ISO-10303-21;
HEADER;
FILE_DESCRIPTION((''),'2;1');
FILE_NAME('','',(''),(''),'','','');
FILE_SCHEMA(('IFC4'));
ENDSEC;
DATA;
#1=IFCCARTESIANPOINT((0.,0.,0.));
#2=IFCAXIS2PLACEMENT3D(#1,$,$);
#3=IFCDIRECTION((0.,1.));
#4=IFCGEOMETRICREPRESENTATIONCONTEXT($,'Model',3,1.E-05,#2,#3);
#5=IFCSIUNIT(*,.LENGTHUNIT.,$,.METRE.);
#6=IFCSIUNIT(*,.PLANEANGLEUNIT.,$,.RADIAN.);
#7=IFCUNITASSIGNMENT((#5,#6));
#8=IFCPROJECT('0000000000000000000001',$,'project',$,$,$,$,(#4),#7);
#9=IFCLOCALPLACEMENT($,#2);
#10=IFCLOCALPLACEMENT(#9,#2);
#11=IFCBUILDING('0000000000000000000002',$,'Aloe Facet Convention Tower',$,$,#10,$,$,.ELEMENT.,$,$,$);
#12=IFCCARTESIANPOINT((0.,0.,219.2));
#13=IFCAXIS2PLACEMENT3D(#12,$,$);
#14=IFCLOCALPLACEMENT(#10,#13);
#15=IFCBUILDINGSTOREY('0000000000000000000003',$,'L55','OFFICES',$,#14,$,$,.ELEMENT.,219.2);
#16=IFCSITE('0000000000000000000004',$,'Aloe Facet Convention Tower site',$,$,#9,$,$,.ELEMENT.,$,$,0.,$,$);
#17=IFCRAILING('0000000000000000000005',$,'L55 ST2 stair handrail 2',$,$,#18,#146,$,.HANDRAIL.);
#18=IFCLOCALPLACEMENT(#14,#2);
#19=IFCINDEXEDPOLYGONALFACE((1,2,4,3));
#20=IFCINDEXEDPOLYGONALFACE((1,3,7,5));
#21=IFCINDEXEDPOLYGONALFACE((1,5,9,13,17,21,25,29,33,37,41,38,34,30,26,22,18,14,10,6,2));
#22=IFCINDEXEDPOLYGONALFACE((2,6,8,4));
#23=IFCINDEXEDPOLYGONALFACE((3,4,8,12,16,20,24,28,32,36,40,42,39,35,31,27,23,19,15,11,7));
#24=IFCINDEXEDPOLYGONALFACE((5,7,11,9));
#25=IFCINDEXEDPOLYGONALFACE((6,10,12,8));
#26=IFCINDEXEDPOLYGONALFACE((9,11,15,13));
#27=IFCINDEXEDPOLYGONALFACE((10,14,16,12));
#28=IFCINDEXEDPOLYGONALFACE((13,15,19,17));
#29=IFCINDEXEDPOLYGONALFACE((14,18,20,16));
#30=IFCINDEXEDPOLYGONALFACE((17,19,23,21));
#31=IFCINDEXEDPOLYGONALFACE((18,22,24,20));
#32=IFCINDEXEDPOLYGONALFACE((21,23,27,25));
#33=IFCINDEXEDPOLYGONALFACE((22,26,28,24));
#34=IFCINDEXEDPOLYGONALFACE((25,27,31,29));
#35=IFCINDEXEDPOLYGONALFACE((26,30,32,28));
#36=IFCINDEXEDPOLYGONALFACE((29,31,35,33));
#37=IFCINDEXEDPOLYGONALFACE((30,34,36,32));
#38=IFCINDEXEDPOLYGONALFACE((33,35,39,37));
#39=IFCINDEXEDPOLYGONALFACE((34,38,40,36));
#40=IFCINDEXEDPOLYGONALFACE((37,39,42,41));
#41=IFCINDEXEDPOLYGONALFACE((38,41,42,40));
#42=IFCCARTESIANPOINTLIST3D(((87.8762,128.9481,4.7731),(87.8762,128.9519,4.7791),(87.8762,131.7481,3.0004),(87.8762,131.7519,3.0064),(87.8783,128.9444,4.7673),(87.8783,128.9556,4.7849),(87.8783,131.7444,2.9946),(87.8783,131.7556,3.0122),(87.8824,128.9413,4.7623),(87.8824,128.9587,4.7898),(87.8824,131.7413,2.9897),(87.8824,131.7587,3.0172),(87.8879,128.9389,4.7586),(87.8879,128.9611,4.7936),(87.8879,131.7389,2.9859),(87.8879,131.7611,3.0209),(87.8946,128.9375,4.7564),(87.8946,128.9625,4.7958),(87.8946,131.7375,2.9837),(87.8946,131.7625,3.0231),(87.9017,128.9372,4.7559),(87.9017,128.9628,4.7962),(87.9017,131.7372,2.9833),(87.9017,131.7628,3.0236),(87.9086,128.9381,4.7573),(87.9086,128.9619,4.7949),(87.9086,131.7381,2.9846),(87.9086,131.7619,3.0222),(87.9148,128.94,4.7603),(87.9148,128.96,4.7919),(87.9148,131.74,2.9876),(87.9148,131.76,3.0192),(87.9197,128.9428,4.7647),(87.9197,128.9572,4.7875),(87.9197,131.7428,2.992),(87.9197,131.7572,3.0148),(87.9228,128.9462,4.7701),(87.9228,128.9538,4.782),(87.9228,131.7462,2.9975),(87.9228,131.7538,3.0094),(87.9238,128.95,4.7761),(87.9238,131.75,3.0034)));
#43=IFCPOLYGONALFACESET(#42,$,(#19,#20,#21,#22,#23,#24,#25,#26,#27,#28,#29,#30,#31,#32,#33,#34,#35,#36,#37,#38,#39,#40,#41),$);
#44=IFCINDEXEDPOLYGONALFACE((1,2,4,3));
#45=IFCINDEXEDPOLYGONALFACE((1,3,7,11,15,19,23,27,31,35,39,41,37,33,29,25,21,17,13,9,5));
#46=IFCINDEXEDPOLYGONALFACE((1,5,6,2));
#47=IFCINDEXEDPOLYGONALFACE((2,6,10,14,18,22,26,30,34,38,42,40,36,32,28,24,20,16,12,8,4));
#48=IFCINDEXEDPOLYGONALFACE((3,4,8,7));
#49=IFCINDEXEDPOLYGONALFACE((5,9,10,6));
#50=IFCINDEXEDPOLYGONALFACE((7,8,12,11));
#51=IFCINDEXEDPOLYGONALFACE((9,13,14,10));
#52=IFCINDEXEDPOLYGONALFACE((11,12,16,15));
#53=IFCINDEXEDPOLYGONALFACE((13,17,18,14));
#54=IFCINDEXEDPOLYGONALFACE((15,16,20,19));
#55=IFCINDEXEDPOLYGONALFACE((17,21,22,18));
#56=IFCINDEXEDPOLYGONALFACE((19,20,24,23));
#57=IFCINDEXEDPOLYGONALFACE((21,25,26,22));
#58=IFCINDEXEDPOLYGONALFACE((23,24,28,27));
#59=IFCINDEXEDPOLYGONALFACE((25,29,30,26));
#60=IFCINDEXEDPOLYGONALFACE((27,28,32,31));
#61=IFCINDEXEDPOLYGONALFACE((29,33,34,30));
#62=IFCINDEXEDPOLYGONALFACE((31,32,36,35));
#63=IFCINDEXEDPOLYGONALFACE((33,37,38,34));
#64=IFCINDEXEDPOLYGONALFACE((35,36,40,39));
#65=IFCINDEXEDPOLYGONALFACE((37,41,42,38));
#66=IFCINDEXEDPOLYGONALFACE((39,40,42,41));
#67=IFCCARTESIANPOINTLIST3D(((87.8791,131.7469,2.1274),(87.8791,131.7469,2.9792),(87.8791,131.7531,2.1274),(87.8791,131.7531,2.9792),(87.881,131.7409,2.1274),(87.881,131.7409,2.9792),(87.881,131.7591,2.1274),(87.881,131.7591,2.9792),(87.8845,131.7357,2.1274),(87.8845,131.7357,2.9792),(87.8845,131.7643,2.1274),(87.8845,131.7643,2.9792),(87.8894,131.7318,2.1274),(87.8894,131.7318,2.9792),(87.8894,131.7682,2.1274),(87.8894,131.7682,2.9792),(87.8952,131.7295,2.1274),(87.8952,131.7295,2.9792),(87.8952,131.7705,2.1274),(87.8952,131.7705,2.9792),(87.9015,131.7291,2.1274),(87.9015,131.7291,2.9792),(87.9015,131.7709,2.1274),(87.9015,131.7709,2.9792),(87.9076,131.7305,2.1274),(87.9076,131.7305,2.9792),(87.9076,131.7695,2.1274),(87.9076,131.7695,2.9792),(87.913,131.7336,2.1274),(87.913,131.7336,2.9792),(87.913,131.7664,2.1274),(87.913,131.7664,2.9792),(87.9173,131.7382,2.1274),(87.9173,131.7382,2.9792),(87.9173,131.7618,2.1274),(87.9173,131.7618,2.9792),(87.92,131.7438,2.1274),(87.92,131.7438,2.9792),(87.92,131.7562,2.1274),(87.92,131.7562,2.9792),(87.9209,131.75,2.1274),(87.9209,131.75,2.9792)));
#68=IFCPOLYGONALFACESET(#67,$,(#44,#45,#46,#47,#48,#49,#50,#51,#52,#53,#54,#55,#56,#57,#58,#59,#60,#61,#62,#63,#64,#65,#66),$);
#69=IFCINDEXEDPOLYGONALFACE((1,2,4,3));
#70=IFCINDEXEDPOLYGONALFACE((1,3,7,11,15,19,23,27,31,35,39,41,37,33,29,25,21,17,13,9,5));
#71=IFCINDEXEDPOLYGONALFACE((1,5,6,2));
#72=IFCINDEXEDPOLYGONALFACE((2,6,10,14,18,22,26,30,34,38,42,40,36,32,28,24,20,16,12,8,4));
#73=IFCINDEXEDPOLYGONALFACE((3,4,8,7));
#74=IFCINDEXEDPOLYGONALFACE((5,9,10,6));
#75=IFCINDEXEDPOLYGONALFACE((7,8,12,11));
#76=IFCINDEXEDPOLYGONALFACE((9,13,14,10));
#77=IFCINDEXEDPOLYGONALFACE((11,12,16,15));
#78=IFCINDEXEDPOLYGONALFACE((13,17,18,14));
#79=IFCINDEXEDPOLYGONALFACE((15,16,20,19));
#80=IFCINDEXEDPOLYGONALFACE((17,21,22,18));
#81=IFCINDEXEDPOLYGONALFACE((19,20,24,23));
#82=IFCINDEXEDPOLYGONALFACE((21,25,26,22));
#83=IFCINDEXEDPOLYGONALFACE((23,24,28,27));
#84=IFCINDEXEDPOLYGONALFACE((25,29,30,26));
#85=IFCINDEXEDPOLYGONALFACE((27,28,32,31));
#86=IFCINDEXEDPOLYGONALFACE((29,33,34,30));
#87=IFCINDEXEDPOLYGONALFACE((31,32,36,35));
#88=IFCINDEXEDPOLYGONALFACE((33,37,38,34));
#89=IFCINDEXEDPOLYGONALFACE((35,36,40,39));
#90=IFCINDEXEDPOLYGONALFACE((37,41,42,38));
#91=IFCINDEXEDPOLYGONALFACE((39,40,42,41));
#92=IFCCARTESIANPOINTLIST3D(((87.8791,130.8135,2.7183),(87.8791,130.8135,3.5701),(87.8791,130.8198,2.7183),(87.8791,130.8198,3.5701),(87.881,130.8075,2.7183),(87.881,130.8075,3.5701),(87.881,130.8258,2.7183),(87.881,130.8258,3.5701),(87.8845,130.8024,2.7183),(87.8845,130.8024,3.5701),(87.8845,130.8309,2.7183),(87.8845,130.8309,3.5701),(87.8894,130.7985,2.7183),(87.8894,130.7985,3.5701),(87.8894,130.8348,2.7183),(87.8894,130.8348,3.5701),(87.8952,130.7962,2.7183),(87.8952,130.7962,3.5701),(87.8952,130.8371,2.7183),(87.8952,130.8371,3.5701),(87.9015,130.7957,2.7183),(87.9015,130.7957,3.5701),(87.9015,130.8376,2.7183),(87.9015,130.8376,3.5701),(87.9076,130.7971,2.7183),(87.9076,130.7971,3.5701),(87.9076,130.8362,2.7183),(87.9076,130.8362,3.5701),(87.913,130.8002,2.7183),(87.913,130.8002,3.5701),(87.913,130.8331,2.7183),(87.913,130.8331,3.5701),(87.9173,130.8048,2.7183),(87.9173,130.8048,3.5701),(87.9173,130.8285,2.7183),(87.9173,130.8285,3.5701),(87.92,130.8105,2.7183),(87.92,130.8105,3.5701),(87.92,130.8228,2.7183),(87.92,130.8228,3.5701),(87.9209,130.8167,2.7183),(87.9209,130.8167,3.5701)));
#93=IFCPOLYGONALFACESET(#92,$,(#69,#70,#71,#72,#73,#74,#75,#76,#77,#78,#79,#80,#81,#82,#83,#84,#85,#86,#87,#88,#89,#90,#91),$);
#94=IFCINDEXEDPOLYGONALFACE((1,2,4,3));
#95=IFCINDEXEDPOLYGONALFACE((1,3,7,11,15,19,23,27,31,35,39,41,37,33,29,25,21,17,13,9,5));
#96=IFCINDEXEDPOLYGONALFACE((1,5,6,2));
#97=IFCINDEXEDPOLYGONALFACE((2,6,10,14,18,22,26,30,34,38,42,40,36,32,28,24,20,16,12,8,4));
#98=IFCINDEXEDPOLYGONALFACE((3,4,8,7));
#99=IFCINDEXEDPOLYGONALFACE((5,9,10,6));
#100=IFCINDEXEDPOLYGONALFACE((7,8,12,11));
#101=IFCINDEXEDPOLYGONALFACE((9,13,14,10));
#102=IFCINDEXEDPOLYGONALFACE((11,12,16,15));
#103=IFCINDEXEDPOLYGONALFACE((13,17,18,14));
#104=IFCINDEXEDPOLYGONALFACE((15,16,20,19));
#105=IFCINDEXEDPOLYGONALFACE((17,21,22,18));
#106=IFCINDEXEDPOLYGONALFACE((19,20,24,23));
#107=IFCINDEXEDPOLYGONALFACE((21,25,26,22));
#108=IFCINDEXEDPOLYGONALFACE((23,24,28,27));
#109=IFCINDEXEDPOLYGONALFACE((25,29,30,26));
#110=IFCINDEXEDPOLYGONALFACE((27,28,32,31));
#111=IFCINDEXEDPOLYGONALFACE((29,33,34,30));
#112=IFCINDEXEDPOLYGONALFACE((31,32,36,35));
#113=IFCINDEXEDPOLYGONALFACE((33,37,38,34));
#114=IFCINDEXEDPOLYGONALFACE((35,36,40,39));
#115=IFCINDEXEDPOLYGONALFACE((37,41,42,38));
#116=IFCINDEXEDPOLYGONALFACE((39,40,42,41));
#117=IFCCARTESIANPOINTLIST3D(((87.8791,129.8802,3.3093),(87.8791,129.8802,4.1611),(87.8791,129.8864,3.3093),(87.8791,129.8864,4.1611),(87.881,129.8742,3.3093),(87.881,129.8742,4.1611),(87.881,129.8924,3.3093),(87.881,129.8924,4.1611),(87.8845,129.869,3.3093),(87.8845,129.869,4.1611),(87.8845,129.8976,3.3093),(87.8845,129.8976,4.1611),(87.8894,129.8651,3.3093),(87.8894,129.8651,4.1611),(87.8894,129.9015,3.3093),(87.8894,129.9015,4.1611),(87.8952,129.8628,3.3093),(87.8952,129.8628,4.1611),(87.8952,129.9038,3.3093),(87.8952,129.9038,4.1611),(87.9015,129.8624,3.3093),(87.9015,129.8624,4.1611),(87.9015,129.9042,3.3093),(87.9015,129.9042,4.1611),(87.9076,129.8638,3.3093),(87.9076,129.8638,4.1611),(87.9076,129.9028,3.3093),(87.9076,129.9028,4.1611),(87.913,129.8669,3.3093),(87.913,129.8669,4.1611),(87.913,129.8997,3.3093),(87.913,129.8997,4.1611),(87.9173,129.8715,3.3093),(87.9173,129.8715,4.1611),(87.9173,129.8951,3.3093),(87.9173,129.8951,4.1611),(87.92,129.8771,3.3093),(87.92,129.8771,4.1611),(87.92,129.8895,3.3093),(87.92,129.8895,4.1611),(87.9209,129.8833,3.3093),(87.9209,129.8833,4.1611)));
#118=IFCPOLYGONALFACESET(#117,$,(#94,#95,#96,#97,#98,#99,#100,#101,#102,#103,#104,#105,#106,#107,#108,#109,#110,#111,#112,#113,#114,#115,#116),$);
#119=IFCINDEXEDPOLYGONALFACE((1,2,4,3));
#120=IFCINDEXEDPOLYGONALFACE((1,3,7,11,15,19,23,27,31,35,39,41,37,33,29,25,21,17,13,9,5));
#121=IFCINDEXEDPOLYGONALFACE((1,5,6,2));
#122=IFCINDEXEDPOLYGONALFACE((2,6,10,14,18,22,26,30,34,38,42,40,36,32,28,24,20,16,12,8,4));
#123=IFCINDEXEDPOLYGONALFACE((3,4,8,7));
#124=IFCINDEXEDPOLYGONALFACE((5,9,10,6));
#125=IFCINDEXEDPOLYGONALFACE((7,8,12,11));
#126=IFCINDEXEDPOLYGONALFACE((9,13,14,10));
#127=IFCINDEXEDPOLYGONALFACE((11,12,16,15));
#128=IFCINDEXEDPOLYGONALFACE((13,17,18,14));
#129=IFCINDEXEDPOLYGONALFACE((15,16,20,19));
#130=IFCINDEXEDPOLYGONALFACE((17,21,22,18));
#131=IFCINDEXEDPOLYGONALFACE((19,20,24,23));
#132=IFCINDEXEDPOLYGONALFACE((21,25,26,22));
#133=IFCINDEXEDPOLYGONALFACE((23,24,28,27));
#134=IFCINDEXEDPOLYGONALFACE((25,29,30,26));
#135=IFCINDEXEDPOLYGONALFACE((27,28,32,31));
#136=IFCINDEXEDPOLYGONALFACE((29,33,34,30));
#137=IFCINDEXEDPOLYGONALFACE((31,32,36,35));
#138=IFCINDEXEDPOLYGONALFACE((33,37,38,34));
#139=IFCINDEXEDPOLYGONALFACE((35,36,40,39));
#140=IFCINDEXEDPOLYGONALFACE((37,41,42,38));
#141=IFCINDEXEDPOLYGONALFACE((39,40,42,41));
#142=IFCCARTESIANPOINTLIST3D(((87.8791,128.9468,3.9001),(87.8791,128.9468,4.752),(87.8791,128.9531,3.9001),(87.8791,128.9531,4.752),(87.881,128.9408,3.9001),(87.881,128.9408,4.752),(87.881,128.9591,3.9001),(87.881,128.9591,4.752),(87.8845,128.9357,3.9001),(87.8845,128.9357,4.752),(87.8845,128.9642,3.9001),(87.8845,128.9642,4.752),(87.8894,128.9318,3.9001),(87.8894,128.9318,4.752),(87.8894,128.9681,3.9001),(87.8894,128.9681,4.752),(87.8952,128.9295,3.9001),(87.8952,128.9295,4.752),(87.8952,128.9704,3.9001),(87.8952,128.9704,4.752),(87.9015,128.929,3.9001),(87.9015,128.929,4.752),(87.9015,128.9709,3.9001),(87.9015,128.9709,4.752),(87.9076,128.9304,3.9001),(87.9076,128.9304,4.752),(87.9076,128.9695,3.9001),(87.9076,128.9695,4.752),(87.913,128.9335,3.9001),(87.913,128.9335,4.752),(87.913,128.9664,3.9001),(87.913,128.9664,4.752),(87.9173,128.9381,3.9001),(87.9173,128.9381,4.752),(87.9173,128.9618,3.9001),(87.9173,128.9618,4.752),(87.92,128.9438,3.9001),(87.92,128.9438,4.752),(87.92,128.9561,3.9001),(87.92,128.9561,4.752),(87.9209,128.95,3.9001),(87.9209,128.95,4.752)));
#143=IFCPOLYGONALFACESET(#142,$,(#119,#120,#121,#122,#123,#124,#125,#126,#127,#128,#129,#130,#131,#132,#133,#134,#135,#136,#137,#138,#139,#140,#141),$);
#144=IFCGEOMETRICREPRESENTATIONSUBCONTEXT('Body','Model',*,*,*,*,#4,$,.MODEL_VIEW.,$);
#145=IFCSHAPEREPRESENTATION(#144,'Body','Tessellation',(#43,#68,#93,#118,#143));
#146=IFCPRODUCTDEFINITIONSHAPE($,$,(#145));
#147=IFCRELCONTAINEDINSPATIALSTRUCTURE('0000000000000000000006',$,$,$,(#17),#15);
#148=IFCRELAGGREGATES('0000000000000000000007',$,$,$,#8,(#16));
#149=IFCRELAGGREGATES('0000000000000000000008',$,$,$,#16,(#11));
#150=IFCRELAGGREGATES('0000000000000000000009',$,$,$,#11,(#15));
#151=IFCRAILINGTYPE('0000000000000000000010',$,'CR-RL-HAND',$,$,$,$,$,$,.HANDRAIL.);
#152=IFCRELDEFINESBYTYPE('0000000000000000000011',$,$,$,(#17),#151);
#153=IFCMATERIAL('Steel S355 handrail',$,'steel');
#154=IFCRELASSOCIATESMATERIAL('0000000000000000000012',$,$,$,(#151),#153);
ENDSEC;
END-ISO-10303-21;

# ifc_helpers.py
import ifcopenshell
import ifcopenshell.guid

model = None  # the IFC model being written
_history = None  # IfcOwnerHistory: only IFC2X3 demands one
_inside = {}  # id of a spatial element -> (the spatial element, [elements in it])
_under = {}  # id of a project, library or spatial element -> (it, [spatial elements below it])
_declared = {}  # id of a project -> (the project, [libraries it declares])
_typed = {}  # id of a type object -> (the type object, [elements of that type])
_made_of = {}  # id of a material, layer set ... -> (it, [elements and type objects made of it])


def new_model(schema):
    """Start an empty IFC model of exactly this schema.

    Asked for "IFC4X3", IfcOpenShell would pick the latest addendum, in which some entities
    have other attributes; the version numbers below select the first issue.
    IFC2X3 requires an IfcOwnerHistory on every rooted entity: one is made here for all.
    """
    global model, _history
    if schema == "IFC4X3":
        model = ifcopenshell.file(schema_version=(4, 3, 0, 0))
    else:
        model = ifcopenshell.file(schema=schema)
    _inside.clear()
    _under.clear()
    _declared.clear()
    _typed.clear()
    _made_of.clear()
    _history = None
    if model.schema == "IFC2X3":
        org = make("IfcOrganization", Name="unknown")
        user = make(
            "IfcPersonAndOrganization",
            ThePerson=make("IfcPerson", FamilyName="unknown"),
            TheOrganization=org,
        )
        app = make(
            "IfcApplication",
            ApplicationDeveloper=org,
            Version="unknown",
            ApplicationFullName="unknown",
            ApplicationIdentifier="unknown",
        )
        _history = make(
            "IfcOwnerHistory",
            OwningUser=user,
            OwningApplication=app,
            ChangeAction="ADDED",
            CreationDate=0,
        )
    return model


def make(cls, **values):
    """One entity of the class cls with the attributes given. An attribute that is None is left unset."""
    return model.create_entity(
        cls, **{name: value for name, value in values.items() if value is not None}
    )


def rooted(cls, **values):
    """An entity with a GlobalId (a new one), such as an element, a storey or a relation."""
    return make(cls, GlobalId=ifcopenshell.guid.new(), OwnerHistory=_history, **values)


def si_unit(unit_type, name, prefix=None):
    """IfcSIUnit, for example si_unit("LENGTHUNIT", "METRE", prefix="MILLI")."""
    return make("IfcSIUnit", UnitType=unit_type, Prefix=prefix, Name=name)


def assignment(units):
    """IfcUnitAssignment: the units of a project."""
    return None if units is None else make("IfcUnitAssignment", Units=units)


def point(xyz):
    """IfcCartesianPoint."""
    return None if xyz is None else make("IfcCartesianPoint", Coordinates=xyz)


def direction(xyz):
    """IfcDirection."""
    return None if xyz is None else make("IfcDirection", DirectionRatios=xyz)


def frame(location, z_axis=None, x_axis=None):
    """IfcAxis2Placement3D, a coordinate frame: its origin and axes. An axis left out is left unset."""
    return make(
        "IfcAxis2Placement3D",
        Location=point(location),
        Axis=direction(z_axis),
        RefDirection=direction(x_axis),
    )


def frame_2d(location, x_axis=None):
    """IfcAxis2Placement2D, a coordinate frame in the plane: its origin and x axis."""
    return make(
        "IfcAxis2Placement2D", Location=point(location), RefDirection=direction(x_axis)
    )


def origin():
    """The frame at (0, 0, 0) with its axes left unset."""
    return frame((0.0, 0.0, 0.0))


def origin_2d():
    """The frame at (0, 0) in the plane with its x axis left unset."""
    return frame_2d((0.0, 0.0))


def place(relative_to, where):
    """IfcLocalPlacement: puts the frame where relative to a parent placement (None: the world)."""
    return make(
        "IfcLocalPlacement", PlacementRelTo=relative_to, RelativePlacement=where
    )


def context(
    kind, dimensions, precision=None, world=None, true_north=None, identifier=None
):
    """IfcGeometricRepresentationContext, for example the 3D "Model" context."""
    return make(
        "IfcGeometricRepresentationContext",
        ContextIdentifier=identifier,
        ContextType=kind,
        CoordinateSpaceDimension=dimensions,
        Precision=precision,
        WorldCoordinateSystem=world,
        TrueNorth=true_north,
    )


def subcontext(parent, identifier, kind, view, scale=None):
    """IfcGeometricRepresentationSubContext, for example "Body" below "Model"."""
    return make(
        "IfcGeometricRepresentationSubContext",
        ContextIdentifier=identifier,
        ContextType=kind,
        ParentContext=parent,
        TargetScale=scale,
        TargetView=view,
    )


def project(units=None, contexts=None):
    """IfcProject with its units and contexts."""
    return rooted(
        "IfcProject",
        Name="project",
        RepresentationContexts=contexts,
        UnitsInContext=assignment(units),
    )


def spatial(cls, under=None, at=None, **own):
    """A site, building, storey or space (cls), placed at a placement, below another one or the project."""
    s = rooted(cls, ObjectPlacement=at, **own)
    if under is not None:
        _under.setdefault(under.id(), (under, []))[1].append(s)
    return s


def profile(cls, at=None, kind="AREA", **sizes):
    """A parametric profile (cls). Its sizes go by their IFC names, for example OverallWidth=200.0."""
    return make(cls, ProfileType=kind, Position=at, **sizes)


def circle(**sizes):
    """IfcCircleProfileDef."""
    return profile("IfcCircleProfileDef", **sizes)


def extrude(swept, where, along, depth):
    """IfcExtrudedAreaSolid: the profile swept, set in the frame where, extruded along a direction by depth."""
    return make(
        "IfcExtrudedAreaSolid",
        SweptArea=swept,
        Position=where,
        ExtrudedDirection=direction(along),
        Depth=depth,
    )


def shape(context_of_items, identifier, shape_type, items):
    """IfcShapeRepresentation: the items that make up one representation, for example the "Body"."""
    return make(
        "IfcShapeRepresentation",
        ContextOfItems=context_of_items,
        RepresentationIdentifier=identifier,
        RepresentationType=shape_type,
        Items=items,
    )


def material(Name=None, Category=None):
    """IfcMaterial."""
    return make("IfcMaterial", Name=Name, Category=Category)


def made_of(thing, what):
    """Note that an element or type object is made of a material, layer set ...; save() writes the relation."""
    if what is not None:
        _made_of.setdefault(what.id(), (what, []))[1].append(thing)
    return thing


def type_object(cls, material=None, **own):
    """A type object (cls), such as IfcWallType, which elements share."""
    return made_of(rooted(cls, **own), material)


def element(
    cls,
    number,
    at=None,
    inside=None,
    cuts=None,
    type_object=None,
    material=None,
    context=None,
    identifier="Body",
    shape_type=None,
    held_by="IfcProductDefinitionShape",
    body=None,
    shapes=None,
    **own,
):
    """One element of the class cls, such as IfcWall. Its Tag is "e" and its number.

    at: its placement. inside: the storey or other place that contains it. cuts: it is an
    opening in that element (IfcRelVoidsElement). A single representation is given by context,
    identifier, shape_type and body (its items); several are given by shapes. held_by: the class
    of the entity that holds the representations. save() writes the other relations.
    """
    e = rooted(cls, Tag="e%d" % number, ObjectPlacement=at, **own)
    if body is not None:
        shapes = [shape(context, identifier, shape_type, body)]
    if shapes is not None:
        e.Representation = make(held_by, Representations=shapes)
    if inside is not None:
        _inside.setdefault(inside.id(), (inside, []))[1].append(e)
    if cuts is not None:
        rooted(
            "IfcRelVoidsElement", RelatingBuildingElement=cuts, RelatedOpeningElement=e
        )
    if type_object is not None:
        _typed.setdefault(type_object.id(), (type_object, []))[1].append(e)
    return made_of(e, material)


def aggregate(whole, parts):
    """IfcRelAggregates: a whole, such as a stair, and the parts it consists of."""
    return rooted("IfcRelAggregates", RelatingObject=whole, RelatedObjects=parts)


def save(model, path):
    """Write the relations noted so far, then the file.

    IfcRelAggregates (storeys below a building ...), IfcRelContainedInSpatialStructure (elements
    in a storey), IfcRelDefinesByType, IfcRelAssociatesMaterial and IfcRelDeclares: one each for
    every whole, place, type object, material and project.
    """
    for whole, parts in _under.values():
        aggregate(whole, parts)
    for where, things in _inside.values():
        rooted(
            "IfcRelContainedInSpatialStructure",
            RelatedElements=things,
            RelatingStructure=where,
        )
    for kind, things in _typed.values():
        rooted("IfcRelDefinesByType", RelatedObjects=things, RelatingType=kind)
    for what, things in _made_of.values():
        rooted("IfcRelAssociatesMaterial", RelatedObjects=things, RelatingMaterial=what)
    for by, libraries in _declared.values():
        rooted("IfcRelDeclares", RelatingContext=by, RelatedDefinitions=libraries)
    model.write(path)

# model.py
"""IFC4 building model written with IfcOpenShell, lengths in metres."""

from ifc_helpers import new_model, si_unit, direction, frame, origin, origin_2d, place, context, subcontext, project, spatial, circle, extrude, material, type_object, element, save


model = new_model("IFC4")

# Units and contexts
model_context = context("Model", 3, precision=1e-05, world=origin(), true_north=direction((0.0, 1.0)))
body_context = subcontext(model_context, "Body", "Model", "MODEL_VIEW")
ifc_project = project(units=[si_unit("LENGTHUNIT", "METRE"), si_unit("PLANEANGLEUNIT", "RADIAN")], contexts=[model_context])

# Site, building, storey
site_placement = place(None, origin())
site = spatial("IfcSite", under=ifc_project, at=site_placement, Name="Aloe Facet Convention Tower site", CompositionType="ELEMENT", RefElevation=0.0)
building_placement = place(site_placement, origin())
building = spatial("IfcBuilding", under=site, at=building_placement, Name="Aloe Facet Convention Tower", CompositionType="ELEMENT")
storey_placement = place(building_placement, frame((0.0, 0.0, 219.2)))
storey = spatial("IfcBuildingStorey", under=building, at=storey_placement, Name="L55", Description="OFFICES", CompositionType="ELEMENT", Elevation=219.2)

# Railing
ifc_material_1 = material(Name="Steel S355 handrail", Category="steel")
railing_type = type_object("IfcRailingType", Name="CR-RL-HAND", PredefinedType="HANDRAIL", material=ifc_material_1)
railing_placement = place(storey_placement, frame((87.8999, 131.75, 2.1274)))
element("IfcRailing", 1, at=railing_placement, inside=storey, type_object=railing_type, Name="L55 ST2 stair handrail 2", PredefinedType="HANDRAIL", context=body_context, shape_type="SweptSolid", body=[
    extrude(circle(Radius=0.0239, at=origin_2d()), frame((0.0, 0.0, 0.876), z_axis=(0.0, -0.844909, 0.53491), x_axis=(1.0, 0.0, 0.0)), (0.0, 0.0, 1.0), 3.314),
    extrude(circle(Radius=0.021, at=origin_2d()), origin(), (0.0, 0.0, 1.0), 0.8518),
    extrude(circle(Radius=0.021, at=origin_2d()), frame((0.0, -0.9333, 0.5908)), (0.0, 0.0, 1.0), 0.8518),
    extrude(circle(Radius=0.021, at=origin_2d()), frame((0.0, -1.8667, 1.1819)), (0.0, 0.0, 1.0), 0.8518),
    extrude(circle(Radius=0.021, at=origin_2d()), frame((0.0, -2.8, 1.7727)), (0.0, 0.0, 1.0), 0.8518),
])

save(model, "model.ifc")
